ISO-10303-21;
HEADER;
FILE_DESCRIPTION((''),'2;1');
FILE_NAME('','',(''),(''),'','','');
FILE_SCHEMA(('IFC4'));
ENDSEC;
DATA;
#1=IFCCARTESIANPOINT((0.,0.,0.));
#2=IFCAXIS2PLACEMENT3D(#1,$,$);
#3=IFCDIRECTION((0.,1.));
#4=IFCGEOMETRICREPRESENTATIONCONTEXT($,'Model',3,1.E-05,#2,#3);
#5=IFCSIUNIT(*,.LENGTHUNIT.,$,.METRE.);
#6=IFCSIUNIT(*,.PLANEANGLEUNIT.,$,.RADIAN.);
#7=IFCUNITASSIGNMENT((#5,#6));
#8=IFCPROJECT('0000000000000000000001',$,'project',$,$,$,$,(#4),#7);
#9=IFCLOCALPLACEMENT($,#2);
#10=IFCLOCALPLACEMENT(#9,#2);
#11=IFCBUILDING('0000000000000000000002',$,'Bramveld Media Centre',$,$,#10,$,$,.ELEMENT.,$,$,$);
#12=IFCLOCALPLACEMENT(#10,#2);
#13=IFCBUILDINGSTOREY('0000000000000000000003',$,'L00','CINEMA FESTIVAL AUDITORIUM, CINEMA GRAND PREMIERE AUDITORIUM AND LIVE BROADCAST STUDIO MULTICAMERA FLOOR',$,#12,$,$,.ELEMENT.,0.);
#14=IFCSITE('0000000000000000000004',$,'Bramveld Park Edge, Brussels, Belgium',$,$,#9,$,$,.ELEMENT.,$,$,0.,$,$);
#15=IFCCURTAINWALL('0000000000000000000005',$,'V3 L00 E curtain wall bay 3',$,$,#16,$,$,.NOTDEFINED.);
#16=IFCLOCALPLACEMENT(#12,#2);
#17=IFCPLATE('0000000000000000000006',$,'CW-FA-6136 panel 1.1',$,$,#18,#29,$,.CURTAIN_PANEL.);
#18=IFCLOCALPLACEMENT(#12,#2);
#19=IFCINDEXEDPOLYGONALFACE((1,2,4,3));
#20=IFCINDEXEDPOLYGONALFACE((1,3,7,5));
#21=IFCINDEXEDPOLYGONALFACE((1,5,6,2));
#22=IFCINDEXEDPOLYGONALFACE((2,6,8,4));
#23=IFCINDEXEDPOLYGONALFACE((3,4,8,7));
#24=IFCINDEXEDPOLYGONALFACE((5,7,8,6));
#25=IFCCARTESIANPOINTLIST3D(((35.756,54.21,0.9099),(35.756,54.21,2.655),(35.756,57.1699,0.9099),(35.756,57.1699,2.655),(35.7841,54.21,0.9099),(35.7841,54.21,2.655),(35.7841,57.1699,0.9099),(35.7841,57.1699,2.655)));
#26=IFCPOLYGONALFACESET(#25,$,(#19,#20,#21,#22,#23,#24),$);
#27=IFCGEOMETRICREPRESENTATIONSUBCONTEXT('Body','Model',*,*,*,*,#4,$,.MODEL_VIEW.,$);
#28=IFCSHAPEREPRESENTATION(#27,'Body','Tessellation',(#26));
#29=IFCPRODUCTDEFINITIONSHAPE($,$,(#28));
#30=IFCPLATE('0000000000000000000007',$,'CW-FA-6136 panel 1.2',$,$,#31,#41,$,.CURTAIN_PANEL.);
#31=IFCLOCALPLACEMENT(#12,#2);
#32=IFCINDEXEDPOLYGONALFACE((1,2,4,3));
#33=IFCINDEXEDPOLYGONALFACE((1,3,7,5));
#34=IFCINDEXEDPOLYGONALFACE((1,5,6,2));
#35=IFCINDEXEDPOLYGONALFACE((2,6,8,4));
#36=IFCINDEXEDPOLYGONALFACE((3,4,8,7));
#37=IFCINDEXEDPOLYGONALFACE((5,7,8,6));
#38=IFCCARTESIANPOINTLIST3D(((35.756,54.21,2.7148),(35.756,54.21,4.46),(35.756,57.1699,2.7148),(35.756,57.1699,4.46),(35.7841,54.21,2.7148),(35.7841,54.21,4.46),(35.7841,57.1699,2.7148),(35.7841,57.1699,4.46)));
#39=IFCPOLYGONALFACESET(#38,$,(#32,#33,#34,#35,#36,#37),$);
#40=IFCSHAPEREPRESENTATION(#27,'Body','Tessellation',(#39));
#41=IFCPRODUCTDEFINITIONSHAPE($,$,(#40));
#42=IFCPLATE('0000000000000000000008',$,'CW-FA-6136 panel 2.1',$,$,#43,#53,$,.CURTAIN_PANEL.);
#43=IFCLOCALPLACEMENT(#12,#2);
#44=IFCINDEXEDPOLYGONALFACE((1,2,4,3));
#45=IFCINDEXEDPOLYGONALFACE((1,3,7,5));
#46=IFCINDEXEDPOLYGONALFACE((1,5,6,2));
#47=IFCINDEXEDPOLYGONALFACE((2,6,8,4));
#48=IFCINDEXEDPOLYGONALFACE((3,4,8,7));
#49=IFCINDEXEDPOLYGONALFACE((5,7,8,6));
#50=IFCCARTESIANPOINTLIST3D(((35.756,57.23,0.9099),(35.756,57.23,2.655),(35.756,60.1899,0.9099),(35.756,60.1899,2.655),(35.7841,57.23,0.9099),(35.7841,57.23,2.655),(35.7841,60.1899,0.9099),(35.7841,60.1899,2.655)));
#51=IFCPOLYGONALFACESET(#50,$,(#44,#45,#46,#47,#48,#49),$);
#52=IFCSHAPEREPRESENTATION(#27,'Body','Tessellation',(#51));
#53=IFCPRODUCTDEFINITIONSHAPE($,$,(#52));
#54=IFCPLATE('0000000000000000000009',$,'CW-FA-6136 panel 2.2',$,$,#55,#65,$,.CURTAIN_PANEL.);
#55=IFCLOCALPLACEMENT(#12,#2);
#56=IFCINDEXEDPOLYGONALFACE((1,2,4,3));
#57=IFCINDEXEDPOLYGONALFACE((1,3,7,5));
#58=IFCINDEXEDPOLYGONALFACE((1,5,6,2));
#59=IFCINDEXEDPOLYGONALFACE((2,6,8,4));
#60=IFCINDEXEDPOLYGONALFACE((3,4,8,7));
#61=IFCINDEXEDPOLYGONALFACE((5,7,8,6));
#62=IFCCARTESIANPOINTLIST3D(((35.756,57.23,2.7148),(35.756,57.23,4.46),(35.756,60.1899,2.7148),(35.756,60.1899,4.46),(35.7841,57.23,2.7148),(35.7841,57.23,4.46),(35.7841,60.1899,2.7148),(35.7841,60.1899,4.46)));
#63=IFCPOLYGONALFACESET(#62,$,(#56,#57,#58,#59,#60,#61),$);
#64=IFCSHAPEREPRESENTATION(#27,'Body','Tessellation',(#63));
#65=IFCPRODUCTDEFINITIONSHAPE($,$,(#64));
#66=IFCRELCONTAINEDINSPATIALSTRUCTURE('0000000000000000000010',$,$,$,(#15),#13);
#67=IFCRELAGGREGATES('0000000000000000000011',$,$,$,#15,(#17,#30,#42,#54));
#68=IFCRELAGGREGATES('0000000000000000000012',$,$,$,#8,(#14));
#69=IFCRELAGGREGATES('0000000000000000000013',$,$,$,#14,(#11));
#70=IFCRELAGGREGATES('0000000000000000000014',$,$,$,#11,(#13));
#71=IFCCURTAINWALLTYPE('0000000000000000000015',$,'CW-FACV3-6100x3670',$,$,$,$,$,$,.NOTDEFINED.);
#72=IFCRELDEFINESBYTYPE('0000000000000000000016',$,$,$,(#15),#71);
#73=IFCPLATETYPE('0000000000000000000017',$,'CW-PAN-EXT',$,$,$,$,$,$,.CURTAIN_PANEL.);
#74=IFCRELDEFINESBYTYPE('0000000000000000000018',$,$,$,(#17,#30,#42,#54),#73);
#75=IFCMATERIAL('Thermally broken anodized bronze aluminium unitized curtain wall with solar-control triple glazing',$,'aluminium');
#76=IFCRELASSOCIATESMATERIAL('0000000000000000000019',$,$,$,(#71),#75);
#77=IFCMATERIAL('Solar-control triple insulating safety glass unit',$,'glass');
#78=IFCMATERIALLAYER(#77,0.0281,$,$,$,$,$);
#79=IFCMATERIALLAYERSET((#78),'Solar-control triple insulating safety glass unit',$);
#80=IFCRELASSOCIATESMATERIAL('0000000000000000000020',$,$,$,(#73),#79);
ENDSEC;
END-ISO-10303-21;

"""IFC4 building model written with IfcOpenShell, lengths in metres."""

from ifc_helpers import new_model, si_unit, direction, frame, origin, origin_2d, place, context, subcontext, project, spatial, rectangle, extrude, material, layer, layer_set, type_object, element, aggregate, save


model = new_model("IFC4")

# Units and contexts
model_context = context("Model", 3, precision=1e-05, world=origin(), true_north=direction((0.0, 1.0)))
body_context = subcontext(model_context, "Body", "Model", "MODEL_VIEW")
ifc_project = project(units=[si_unit("LENGTHUNIT", "METRE"), si_unit("PLANEANGLEUNIT", "RADIAN")], contexts=[model_context])

# Site, building, storey
site_placement = place(None, origin())
site = spatial("IfcSite", under=ifc_project, at=site_placement, Name="Bramveld Park Edge, Brussels, Belgium", CompositionType="ELEMENT", RefElevation=0.0)
building_placement = place(site_placement, origin())
building = spatial("IfcBuilding", under=site, at=building_placement, Name="Bramveld Media Centre", CompositionType="ELEMENT")
storey_placement = place(building_placement, origin())
storey = spatial("IfcBuildingStorey", under=building, at=storey_placement, Name="L00", Description="CINEMA FESTIVAL AUDITORIUM, CINEMA GRAND PREMIERE AUDITORIUM AND LIVE BROADCAST STUDIO MULTICAMERA FLOOR", CompositionType="ELEMENT", Elevation=0.0)

# Curtain wall
ifc_material_1 = material(Name="Thermally broken anodized bronze aluminium unitized curtain wall with solar-control triple glazing", Category="aluminium")
curtain_wall_type = type_object("IfcCurtainWallType", Name="CW-FACV3-6100x3670", PredefinedType="NOTDEFINED", material=ifc_material_1)
curtain_wall_1_placement = place(storey_placement, origin())
curtain_wall_1 = element("IfcCurtainWall", 1, at=curtain_wall_1_placement, inside=storey, type_object=curtain_wall_type, Name="V3 L00 E curtain wall bay 3", PredefinedType="NOTDEFINED")

# Plates
ifc_material_2 = material(Name="Solar-control triple insulating safety glass unit", Category="glass")
ifc_layer = layer(ifc_material_2, 0.0281)
ifc_layer_set = layer_set([ifc_layer], Name="Solar-control triple insulating safety glass unit")
plate_type = type_object("IfcPlateType", Name="CW-PAN-EXT", PredefinedType="CURTAIN_PANEL", material=ifc_layer_set)
plate_1_placement = place(storey_placement, frame((35.77, 55.6899, 0.9099), z_axis=(0.0, 0.0, 1.0), x_axis=(0.0, 1.0, 0.0)))
plate_1 = element("IfcPlate", 2, at=plate_1_placement, type_object=plate_type, Name="CW-FA-6136 panel 1.1", PredefinedType="CURTAIN_PANEL", context=body_context, shape_type="SweptSolid", body=[
    extrude(rectangle(XDim=2.96, YDim=0.0281, at=origin_2d()), origin(), (0.0, 0.0, 1.0), 1.7451),
])
plate_2_placement = place(storey_placement, frame((35.77, 55.6899, 2.7148), z_axis=(0.0, 0.0, 1.0), x_axis=(0.0, 1.0, 0.0)))
plate_2 = element("IfcPlate", 3, at=plate_2_placement, type_object=plate_type, Name="CW-FA-6136 panel 1.2", PredefinedType="CURTAIN_PANEL", context=body_context, shape_type="SweptSolid", body=[
    extrude(rectangle(XDim=2.96, YDim=0.0281, at=origin_2d()), origin(), (0.0, 0.0, 1.0), 1.7451),
])
plate_3_placement = place(storey_placement, frame((35.77, 58.71, 0.9099), z_axis=(0.0, 0.0, 1.0), x_axis=(0.0, 1.0, 0.0)))
plate_3 = element("IfcPlate", 4, at=plate_3_placement, type_object=plate_type, Name="CW-FA-6136 panel 2.1", PredefinedType="CURTAIN_PANEL", context=body_context, shape_type="SweptSolid", body=[
    extrude(rectangle(XDim=2.96, YDim=0.0281, at=origin_2d()), origin(), (0.0, 0.0, 1.0), 1.7451),
])
plate_4_placement = place(storey_placement, frame((35.77, 58.71, 2.7148), z_axis=(0.0, 0.0, 1.0), x_axis=(0.0, 1.0, 0.0)))
plate_4 = element("IfcPlate", 5, at=plate_4_placement, type_object=plate_type, Name="CW-FA-6136 panel 2.2", PredefinedType="CURTAIN_PANEL", context=body_context, shape_type="SweptSolid", body=[
    extrude(rectangle(XDim=2.96, YDim=0.0281, at=origin_2d()), origin(), (0.0, 0.0, 1.0), 1.7451),
])
aggregate(curtain_wall_1, [plate_1, plate_2, plate_3, plate_4])

save(model, "model.ifc")
